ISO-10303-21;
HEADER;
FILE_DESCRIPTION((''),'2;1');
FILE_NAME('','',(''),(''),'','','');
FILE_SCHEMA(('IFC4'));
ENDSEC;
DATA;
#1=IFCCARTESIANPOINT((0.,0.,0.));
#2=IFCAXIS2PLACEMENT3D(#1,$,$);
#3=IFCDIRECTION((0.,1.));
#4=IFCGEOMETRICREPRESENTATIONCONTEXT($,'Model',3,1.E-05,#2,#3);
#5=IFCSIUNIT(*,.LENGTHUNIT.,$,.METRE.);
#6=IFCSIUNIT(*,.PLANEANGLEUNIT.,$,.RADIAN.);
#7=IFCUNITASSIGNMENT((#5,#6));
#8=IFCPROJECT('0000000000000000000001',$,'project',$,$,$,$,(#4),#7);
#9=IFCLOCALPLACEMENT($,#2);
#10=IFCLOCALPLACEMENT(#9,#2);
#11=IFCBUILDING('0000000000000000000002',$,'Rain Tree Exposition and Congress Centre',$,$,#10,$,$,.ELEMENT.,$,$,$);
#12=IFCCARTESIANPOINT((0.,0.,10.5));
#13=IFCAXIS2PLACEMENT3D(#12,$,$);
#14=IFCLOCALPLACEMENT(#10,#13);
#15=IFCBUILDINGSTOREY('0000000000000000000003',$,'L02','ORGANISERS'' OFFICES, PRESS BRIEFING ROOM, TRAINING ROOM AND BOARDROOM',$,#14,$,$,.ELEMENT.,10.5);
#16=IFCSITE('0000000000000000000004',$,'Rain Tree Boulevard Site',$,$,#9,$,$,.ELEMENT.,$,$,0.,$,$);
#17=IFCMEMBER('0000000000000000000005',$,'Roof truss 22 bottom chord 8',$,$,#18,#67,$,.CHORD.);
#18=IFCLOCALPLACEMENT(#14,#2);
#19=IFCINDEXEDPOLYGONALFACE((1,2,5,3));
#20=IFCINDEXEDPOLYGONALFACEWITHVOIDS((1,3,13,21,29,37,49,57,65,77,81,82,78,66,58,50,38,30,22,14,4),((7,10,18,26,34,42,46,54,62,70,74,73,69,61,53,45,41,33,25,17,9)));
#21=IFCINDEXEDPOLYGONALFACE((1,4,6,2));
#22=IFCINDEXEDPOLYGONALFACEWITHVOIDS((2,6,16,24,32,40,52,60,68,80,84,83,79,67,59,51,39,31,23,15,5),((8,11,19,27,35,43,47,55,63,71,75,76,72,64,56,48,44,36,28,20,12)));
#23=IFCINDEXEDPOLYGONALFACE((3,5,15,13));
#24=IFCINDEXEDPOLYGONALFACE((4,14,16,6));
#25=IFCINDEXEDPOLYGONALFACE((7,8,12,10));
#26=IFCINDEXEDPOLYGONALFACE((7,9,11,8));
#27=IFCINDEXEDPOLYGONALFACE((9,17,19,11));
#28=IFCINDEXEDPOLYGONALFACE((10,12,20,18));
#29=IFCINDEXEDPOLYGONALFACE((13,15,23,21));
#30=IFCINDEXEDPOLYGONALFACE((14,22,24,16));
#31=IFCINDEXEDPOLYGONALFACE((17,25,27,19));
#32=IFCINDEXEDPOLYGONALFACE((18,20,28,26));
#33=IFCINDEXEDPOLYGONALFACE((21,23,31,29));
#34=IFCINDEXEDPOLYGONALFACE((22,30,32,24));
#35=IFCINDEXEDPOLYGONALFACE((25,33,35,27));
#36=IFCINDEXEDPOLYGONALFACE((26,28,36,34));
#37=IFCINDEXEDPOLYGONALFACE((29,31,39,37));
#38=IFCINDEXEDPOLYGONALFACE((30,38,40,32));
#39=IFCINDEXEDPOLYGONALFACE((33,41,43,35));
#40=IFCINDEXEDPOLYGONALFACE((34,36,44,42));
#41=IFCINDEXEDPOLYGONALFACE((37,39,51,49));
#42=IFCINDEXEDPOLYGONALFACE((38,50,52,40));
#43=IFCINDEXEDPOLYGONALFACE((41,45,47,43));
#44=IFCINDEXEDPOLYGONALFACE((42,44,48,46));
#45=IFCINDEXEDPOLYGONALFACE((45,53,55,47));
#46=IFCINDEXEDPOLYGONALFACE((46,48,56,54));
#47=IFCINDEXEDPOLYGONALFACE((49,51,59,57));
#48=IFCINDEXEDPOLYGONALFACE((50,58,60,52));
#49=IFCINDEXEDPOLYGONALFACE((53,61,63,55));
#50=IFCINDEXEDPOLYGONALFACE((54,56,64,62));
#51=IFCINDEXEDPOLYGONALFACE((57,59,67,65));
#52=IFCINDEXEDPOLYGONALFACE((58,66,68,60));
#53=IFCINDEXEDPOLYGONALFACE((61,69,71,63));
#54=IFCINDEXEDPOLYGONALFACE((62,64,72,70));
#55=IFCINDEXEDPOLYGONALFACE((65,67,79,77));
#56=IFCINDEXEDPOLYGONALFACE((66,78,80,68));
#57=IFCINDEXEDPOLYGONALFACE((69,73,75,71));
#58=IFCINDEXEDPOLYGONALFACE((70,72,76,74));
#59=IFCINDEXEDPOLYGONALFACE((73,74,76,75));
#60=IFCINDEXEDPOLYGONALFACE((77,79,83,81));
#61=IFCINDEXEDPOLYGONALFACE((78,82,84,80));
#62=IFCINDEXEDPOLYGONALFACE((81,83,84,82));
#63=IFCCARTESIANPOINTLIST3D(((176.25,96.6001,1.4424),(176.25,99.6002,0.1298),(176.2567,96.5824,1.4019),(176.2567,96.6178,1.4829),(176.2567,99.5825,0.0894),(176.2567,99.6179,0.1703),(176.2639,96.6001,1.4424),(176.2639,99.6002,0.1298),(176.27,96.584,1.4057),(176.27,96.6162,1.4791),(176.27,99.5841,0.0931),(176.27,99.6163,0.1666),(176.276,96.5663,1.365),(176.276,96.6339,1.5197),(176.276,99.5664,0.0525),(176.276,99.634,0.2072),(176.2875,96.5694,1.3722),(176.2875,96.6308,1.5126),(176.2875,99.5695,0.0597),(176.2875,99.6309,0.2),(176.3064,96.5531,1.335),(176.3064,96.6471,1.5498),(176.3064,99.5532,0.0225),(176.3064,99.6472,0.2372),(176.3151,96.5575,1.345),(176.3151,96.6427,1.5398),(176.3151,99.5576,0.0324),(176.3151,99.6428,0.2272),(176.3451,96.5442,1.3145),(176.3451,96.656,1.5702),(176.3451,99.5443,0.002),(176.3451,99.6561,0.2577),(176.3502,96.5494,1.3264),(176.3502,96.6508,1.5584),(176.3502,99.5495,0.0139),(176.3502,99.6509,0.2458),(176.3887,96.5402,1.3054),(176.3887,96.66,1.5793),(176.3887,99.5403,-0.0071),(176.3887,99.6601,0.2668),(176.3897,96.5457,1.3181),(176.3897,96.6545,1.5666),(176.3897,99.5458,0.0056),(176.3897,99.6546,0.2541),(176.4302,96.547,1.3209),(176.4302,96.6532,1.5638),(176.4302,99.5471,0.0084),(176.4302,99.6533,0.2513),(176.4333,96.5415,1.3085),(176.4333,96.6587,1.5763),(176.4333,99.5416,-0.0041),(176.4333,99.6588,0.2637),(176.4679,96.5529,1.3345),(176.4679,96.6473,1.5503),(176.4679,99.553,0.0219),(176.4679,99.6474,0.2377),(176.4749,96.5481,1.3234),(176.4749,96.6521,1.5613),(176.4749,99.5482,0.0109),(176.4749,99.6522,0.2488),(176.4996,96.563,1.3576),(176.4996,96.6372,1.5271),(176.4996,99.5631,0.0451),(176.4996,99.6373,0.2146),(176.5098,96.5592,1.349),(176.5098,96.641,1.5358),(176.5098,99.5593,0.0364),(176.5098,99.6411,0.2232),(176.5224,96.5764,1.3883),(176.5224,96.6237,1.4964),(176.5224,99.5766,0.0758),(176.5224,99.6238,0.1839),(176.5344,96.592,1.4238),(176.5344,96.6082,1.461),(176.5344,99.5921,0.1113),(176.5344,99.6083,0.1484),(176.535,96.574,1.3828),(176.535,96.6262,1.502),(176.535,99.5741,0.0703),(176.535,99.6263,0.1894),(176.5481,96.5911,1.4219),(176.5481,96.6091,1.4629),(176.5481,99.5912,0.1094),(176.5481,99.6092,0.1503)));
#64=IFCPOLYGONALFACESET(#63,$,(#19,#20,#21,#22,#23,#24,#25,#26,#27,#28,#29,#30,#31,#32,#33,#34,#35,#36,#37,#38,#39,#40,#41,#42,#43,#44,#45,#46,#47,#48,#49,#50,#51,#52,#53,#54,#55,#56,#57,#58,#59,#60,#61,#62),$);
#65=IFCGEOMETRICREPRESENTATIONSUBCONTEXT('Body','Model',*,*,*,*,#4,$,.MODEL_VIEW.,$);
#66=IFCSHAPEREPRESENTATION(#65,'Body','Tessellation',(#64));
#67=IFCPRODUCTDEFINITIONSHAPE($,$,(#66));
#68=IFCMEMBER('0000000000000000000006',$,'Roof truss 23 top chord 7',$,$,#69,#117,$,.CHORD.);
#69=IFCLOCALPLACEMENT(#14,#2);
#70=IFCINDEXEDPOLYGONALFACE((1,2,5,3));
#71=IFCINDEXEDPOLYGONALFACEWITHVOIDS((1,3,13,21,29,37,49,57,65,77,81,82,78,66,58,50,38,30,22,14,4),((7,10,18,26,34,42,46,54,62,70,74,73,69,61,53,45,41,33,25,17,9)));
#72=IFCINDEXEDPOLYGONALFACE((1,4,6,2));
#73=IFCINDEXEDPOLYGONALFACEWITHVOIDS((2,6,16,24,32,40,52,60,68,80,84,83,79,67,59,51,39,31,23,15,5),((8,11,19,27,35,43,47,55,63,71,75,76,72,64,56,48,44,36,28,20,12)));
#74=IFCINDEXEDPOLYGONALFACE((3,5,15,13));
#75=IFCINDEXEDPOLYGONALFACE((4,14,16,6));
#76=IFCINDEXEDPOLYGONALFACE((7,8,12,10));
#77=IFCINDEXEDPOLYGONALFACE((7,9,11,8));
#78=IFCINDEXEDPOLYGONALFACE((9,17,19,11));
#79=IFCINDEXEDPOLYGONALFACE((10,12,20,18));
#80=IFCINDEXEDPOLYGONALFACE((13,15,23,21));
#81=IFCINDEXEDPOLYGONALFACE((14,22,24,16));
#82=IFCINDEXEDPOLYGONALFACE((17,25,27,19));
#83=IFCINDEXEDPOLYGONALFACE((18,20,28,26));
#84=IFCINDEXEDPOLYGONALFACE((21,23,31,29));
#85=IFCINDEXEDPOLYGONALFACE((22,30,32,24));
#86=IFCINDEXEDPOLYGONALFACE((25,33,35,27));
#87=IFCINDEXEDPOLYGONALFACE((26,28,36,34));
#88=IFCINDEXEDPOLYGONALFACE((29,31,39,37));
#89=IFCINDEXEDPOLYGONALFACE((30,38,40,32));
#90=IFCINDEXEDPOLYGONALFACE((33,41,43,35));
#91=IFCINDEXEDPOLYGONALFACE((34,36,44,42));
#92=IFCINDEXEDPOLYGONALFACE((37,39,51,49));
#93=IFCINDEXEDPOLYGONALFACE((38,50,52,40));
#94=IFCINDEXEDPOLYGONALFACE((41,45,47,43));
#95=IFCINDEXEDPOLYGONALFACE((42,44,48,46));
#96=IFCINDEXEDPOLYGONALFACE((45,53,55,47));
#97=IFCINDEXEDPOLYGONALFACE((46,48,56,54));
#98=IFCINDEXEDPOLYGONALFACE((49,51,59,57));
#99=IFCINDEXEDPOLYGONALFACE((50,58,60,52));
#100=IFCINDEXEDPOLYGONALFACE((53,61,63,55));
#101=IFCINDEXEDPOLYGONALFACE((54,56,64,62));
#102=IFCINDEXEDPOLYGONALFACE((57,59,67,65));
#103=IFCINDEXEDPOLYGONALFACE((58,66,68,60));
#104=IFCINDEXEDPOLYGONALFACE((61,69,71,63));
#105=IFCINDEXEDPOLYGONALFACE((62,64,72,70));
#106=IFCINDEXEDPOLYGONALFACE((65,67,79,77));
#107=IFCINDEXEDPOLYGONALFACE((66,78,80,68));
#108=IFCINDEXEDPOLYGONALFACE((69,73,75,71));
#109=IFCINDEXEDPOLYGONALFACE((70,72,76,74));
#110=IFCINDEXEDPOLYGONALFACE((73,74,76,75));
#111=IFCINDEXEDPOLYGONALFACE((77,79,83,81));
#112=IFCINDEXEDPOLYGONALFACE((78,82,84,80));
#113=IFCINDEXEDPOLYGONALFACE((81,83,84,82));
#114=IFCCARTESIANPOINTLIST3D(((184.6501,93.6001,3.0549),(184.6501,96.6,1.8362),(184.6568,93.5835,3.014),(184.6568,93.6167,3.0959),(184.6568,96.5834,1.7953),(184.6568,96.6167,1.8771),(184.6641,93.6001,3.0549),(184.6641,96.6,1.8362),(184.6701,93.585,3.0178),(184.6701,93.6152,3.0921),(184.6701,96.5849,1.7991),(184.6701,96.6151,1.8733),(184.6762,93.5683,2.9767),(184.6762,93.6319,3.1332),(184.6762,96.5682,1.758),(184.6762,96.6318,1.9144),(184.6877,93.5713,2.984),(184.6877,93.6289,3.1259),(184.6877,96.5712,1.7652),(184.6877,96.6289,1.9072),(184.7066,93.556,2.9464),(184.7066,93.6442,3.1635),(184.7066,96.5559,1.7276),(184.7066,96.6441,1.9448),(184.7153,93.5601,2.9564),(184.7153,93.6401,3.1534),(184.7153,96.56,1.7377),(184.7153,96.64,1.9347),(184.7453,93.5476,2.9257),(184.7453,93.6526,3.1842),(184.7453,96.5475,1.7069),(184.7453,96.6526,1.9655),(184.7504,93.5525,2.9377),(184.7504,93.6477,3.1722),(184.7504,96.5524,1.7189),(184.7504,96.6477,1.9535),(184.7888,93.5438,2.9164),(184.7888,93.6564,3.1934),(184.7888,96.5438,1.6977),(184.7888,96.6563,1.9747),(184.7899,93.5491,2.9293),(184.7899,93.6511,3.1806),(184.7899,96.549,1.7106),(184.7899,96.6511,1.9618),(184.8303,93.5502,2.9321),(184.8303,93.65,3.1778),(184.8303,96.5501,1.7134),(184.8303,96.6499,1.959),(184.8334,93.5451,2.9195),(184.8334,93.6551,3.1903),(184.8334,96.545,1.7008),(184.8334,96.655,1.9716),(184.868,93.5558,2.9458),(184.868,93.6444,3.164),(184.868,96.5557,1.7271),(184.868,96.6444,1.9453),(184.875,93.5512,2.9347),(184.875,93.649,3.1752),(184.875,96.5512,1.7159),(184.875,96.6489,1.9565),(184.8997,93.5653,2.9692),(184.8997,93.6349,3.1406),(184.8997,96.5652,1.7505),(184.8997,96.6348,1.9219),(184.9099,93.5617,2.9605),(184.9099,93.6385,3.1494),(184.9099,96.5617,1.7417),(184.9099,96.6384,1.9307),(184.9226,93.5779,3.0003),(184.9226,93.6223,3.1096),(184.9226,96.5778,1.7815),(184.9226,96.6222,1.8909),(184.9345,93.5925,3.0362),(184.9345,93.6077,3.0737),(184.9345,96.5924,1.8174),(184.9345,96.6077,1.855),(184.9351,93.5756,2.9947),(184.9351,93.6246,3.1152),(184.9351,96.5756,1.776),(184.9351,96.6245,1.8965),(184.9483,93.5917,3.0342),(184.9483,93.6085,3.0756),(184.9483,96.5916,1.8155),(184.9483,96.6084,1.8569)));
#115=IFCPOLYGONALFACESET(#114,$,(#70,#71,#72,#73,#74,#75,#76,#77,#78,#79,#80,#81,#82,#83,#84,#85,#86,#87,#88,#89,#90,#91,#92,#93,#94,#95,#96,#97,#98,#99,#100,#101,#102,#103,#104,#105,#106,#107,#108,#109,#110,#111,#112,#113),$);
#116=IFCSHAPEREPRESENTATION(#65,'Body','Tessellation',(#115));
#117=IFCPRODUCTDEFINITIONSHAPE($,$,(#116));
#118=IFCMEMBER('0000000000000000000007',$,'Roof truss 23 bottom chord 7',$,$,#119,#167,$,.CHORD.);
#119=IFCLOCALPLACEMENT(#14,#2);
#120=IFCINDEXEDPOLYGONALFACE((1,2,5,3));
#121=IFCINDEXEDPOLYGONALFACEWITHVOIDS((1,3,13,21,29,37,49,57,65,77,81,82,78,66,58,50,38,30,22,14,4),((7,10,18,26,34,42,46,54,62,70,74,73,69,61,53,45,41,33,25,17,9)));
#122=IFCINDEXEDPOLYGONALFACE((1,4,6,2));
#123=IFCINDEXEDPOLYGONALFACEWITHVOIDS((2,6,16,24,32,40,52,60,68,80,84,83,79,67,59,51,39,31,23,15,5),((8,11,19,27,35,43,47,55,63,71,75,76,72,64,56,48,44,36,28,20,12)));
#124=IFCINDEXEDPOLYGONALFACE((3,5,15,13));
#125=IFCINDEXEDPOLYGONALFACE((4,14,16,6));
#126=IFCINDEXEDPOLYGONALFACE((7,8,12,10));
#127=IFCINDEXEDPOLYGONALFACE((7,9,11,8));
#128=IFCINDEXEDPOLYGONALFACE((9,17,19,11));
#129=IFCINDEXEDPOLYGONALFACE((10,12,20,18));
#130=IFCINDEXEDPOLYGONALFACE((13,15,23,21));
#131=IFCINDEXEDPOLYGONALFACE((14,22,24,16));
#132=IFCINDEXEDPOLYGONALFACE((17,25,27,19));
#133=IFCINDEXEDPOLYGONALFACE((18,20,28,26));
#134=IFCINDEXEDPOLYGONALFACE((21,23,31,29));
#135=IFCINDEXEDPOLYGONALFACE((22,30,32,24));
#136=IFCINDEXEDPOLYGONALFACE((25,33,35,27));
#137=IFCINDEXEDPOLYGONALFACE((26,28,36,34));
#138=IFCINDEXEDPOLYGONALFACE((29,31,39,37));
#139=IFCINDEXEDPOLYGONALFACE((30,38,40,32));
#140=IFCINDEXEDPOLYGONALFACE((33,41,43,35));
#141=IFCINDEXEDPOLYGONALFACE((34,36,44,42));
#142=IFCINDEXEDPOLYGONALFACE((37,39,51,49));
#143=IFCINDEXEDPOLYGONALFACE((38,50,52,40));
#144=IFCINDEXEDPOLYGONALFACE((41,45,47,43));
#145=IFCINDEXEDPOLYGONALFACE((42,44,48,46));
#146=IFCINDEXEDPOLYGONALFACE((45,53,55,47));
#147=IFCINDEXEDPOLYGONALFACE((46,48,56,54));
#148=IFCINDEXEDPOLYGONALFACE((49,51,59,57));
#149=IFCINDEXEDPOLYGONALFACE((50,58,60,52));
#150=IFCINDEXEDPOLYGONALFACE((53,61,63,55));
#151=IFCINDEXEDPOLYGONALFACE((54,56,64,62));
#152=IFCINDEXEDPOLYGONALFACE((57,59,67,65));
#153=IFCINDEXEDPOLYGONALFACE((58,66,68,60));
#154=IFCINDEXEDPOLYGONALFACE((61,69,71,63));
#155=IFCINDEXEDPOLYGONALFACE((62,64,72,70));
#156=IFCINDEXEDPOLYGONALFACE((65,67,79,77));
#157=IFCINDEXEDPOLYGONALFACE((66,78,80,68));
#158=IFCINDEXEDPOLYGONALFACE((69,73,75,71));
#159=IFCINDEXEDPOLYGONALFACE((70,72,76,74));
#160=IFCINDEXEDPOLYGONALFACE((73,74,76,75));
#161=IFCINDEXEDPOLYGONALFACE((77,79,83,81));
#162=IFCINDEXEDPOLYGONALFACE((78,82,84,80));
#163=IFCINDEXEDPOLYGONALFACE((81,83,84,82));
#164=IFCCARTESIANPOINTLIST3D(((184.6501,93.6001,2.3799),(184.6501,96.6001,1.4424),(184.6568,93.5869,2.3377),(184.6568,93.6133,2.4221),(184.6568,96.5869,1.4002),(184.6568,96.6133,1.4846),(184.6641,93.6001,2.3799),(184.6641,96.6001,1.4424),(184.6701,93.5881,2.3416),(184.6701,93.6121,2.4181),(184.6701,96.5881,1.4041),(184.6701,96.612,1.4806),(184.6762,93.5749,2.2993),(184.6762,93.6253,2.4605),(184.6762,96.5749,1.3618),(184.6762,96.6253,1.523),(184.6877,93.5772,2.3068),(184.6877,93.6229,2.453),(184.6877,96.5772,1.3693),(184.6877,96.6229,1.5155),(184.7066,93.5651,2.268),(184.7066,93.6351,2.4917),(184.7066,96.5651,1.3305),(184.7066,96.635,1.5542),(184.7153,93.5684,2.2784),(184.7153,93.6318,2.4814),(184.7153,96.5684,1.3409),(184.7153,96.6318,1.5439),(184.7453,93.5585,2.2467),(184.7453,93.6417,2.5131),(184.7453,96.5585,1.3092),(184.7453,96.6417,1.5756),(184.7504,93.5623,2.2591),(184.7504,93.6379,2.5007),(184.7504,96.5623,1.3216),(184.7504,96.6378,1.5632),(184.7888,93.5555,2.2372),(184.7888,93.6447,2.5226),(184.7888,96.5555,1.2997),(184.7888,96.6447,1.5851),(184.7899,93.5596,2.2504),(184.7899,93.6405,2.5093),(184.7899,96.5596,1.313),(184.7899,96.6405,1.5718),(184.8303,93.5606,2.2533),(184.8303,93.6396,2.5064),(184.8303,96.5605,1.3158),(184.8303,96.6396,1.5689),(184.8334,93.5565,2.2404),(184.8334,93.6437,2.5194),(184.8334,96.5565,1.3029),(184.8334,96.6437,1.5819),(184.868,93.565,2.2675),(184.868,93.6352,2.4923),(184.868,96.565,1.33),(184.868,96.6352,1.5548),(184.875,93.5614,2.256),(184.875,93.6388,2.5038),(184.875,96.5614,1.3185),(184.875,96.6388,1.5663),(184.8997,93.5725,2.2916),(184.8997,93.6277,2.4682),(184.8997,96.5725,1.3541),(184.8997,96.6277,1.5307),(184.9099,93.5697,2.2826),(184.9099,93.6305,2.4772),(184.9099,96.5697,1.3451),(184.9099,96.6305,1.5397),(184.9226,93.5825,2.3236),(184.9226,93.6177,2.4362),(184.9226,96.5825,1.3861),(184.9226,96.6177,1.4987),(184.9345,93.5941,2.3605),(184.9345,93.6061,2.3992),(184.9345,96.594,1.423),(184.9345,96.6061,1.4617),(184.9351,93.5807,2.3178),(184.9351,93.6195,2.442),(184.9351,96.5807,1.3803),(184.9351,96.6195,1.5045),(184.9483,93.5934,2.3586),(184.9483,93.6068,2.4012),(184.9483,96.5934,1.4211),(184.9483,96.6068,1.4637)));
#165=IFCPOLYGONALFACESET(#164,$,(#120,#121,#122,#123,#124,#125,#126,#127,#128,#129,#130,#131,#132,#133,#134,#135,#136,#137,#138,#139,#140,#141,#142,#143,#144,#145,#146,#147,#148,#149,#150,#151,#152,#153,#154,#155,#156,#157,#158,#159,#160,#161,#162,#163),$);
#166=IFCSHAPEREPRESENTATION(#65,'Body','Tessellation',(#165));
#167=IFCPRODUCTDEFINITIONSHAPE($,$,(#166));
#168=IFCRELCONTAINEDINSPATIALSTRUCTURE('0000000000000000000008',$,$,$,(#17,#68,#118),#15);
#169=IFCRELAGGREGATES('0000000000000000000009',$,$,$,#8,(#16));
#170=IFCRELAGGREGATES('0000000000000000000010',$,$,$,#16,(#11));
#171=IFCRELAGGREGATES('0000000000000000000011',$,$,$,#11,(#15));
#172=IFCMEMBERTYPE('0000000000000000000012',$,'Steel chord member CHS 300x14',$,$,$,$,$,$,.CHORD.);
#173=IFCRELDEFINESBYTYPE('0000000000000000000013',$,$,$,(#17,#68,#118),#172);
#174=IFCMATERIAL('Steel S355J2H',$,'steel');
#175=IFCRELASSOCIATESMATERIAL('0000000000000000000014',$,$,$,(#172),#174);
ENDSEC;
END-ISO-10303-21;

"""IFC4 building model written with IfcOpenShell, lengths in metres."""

from ifc_helpers import new_model, si_unit, direction, frame, origin, origin_2d, place, context, subcontext, project, spatial, hollow_circle, extrude, material, material_profile, profile_set, type_object, element, save


model = new_model("IFC4")

# Units and contexts
model_context = context("Model", 3, precision=1e-05, world=origin(), true_north=direction((0.0, 1.0)))
body_context = subcontext(model_context, "Body", "Model", "MODEL_VIEW")
ifc_project = project(units=[si_unit("LENGTHUNIT", "METRE"), si_unit("PLANEANGLEUNIT", "RADIAN")], contexts=[model_context])

# Site, building, storey
site_placement = place(None, origin())
site = spatial("IfcSite", under=ifc_project, at=site_placement, Name="Rain Tree Boulevard Site", CompositionType="ELEMENT", RefElevation=0.0)
building_placement = place(site_placement, origin())
building = spatial("IfcBuilding", under=site, at=building_placement, Name="Rain Tree Exposition and Congress Centre", CompositionType="ELEMENT")
storey_placement = place(building_placement, frame((0.0, 0.0, 10.5)))
storey = spatial("IfcBuildingStorey", under=building, at=storey_placement, Name="L02", Description="ORGANISERS' OFFICES, PRESS BRIEFING ROOM, TRAINING ROOM AND BOARDROOM", CompositionType="ELEMENT", Elevation=10.5)

# Members
ifc_material_1 = material(Name="Steel S355J2H", Category="steel")
ifc_material_profile_1 = material_profile(ifc_material_1, hollow_circle(Radius=0.1499, WallThickness=0.0139, at=origin_2d()), Name="CHS 300x14")
ifc_profile_set_1 = profile_set([ifc_material_profile_1], Name="Steel S355J2H")
member_type_1 = type_object("IfcMemberType", Name="Steel chord member CHS 300x14", PredefinedType="CHORD", material=ifc_profile_set_1)
member_1_placement = place(storey_placement, frame((176.3999, 96.6001, 1.4424), z_axis=(0.0, 0.916157, -0.400819), x_axis=(-1.0, 0.0, 0.0)))
element("IfcMember", 1, at=member_1_placement, inside=storey, type_object=member_type_1, Name="Roof truss 22 bottom chord 8", PredefinedType="CHORD", context=body_context, shape_type="SweptSolid", body=[
    extrude(hollow_circle(Radius=0.1499, WallThickness=0.0139, at=origin_2d()), origin(), (0.0, 0.0, 1.0), 3.2747),
])
member_2_placement = place(storey_placement, frame((184.8, 93.6001, 3.0549), z_axis=(0.0, 0.926467, -0.376377), x_axis=(-1.0, 0.0, 0.0)))
element("IfcMember", 2, at=member_2_placement, inside=storey, type_object=member_type_1, Name="Roof truss 23 top chord 7", PredefinedType="CHORD", context=body_context, shape_type="SweptSolid", body=[
    extrude(hollow_circle(Radius=0.1499, WallThickness=0.0139, at=origin_2d()), origin(), (0.0, 0.0, 1.0), 3.238),
])
member_3_placement = place(storey_placement, frame((184.8, 93.6001, 2.3799), z_axis=(0.0, 0.95448, -0.298275), x_axis=(-1.0, 0.0, 0.0)))
element("IfcMember", 3, at=member_3_placement, inside=storey, type_object=member_type_1, Name="Roof truss 23 bottom chord 7", PredefinedType="CHORD", context=body_context, shape_type="SweptSolid", body=[
    extrude(hollow_circle(Radius=0.1499, WallThickness=0.0139, at=origin_2d()), origin(), (0.0, 0.0, 1.0), 3.1431),
])

save(model, "model.ifc")
